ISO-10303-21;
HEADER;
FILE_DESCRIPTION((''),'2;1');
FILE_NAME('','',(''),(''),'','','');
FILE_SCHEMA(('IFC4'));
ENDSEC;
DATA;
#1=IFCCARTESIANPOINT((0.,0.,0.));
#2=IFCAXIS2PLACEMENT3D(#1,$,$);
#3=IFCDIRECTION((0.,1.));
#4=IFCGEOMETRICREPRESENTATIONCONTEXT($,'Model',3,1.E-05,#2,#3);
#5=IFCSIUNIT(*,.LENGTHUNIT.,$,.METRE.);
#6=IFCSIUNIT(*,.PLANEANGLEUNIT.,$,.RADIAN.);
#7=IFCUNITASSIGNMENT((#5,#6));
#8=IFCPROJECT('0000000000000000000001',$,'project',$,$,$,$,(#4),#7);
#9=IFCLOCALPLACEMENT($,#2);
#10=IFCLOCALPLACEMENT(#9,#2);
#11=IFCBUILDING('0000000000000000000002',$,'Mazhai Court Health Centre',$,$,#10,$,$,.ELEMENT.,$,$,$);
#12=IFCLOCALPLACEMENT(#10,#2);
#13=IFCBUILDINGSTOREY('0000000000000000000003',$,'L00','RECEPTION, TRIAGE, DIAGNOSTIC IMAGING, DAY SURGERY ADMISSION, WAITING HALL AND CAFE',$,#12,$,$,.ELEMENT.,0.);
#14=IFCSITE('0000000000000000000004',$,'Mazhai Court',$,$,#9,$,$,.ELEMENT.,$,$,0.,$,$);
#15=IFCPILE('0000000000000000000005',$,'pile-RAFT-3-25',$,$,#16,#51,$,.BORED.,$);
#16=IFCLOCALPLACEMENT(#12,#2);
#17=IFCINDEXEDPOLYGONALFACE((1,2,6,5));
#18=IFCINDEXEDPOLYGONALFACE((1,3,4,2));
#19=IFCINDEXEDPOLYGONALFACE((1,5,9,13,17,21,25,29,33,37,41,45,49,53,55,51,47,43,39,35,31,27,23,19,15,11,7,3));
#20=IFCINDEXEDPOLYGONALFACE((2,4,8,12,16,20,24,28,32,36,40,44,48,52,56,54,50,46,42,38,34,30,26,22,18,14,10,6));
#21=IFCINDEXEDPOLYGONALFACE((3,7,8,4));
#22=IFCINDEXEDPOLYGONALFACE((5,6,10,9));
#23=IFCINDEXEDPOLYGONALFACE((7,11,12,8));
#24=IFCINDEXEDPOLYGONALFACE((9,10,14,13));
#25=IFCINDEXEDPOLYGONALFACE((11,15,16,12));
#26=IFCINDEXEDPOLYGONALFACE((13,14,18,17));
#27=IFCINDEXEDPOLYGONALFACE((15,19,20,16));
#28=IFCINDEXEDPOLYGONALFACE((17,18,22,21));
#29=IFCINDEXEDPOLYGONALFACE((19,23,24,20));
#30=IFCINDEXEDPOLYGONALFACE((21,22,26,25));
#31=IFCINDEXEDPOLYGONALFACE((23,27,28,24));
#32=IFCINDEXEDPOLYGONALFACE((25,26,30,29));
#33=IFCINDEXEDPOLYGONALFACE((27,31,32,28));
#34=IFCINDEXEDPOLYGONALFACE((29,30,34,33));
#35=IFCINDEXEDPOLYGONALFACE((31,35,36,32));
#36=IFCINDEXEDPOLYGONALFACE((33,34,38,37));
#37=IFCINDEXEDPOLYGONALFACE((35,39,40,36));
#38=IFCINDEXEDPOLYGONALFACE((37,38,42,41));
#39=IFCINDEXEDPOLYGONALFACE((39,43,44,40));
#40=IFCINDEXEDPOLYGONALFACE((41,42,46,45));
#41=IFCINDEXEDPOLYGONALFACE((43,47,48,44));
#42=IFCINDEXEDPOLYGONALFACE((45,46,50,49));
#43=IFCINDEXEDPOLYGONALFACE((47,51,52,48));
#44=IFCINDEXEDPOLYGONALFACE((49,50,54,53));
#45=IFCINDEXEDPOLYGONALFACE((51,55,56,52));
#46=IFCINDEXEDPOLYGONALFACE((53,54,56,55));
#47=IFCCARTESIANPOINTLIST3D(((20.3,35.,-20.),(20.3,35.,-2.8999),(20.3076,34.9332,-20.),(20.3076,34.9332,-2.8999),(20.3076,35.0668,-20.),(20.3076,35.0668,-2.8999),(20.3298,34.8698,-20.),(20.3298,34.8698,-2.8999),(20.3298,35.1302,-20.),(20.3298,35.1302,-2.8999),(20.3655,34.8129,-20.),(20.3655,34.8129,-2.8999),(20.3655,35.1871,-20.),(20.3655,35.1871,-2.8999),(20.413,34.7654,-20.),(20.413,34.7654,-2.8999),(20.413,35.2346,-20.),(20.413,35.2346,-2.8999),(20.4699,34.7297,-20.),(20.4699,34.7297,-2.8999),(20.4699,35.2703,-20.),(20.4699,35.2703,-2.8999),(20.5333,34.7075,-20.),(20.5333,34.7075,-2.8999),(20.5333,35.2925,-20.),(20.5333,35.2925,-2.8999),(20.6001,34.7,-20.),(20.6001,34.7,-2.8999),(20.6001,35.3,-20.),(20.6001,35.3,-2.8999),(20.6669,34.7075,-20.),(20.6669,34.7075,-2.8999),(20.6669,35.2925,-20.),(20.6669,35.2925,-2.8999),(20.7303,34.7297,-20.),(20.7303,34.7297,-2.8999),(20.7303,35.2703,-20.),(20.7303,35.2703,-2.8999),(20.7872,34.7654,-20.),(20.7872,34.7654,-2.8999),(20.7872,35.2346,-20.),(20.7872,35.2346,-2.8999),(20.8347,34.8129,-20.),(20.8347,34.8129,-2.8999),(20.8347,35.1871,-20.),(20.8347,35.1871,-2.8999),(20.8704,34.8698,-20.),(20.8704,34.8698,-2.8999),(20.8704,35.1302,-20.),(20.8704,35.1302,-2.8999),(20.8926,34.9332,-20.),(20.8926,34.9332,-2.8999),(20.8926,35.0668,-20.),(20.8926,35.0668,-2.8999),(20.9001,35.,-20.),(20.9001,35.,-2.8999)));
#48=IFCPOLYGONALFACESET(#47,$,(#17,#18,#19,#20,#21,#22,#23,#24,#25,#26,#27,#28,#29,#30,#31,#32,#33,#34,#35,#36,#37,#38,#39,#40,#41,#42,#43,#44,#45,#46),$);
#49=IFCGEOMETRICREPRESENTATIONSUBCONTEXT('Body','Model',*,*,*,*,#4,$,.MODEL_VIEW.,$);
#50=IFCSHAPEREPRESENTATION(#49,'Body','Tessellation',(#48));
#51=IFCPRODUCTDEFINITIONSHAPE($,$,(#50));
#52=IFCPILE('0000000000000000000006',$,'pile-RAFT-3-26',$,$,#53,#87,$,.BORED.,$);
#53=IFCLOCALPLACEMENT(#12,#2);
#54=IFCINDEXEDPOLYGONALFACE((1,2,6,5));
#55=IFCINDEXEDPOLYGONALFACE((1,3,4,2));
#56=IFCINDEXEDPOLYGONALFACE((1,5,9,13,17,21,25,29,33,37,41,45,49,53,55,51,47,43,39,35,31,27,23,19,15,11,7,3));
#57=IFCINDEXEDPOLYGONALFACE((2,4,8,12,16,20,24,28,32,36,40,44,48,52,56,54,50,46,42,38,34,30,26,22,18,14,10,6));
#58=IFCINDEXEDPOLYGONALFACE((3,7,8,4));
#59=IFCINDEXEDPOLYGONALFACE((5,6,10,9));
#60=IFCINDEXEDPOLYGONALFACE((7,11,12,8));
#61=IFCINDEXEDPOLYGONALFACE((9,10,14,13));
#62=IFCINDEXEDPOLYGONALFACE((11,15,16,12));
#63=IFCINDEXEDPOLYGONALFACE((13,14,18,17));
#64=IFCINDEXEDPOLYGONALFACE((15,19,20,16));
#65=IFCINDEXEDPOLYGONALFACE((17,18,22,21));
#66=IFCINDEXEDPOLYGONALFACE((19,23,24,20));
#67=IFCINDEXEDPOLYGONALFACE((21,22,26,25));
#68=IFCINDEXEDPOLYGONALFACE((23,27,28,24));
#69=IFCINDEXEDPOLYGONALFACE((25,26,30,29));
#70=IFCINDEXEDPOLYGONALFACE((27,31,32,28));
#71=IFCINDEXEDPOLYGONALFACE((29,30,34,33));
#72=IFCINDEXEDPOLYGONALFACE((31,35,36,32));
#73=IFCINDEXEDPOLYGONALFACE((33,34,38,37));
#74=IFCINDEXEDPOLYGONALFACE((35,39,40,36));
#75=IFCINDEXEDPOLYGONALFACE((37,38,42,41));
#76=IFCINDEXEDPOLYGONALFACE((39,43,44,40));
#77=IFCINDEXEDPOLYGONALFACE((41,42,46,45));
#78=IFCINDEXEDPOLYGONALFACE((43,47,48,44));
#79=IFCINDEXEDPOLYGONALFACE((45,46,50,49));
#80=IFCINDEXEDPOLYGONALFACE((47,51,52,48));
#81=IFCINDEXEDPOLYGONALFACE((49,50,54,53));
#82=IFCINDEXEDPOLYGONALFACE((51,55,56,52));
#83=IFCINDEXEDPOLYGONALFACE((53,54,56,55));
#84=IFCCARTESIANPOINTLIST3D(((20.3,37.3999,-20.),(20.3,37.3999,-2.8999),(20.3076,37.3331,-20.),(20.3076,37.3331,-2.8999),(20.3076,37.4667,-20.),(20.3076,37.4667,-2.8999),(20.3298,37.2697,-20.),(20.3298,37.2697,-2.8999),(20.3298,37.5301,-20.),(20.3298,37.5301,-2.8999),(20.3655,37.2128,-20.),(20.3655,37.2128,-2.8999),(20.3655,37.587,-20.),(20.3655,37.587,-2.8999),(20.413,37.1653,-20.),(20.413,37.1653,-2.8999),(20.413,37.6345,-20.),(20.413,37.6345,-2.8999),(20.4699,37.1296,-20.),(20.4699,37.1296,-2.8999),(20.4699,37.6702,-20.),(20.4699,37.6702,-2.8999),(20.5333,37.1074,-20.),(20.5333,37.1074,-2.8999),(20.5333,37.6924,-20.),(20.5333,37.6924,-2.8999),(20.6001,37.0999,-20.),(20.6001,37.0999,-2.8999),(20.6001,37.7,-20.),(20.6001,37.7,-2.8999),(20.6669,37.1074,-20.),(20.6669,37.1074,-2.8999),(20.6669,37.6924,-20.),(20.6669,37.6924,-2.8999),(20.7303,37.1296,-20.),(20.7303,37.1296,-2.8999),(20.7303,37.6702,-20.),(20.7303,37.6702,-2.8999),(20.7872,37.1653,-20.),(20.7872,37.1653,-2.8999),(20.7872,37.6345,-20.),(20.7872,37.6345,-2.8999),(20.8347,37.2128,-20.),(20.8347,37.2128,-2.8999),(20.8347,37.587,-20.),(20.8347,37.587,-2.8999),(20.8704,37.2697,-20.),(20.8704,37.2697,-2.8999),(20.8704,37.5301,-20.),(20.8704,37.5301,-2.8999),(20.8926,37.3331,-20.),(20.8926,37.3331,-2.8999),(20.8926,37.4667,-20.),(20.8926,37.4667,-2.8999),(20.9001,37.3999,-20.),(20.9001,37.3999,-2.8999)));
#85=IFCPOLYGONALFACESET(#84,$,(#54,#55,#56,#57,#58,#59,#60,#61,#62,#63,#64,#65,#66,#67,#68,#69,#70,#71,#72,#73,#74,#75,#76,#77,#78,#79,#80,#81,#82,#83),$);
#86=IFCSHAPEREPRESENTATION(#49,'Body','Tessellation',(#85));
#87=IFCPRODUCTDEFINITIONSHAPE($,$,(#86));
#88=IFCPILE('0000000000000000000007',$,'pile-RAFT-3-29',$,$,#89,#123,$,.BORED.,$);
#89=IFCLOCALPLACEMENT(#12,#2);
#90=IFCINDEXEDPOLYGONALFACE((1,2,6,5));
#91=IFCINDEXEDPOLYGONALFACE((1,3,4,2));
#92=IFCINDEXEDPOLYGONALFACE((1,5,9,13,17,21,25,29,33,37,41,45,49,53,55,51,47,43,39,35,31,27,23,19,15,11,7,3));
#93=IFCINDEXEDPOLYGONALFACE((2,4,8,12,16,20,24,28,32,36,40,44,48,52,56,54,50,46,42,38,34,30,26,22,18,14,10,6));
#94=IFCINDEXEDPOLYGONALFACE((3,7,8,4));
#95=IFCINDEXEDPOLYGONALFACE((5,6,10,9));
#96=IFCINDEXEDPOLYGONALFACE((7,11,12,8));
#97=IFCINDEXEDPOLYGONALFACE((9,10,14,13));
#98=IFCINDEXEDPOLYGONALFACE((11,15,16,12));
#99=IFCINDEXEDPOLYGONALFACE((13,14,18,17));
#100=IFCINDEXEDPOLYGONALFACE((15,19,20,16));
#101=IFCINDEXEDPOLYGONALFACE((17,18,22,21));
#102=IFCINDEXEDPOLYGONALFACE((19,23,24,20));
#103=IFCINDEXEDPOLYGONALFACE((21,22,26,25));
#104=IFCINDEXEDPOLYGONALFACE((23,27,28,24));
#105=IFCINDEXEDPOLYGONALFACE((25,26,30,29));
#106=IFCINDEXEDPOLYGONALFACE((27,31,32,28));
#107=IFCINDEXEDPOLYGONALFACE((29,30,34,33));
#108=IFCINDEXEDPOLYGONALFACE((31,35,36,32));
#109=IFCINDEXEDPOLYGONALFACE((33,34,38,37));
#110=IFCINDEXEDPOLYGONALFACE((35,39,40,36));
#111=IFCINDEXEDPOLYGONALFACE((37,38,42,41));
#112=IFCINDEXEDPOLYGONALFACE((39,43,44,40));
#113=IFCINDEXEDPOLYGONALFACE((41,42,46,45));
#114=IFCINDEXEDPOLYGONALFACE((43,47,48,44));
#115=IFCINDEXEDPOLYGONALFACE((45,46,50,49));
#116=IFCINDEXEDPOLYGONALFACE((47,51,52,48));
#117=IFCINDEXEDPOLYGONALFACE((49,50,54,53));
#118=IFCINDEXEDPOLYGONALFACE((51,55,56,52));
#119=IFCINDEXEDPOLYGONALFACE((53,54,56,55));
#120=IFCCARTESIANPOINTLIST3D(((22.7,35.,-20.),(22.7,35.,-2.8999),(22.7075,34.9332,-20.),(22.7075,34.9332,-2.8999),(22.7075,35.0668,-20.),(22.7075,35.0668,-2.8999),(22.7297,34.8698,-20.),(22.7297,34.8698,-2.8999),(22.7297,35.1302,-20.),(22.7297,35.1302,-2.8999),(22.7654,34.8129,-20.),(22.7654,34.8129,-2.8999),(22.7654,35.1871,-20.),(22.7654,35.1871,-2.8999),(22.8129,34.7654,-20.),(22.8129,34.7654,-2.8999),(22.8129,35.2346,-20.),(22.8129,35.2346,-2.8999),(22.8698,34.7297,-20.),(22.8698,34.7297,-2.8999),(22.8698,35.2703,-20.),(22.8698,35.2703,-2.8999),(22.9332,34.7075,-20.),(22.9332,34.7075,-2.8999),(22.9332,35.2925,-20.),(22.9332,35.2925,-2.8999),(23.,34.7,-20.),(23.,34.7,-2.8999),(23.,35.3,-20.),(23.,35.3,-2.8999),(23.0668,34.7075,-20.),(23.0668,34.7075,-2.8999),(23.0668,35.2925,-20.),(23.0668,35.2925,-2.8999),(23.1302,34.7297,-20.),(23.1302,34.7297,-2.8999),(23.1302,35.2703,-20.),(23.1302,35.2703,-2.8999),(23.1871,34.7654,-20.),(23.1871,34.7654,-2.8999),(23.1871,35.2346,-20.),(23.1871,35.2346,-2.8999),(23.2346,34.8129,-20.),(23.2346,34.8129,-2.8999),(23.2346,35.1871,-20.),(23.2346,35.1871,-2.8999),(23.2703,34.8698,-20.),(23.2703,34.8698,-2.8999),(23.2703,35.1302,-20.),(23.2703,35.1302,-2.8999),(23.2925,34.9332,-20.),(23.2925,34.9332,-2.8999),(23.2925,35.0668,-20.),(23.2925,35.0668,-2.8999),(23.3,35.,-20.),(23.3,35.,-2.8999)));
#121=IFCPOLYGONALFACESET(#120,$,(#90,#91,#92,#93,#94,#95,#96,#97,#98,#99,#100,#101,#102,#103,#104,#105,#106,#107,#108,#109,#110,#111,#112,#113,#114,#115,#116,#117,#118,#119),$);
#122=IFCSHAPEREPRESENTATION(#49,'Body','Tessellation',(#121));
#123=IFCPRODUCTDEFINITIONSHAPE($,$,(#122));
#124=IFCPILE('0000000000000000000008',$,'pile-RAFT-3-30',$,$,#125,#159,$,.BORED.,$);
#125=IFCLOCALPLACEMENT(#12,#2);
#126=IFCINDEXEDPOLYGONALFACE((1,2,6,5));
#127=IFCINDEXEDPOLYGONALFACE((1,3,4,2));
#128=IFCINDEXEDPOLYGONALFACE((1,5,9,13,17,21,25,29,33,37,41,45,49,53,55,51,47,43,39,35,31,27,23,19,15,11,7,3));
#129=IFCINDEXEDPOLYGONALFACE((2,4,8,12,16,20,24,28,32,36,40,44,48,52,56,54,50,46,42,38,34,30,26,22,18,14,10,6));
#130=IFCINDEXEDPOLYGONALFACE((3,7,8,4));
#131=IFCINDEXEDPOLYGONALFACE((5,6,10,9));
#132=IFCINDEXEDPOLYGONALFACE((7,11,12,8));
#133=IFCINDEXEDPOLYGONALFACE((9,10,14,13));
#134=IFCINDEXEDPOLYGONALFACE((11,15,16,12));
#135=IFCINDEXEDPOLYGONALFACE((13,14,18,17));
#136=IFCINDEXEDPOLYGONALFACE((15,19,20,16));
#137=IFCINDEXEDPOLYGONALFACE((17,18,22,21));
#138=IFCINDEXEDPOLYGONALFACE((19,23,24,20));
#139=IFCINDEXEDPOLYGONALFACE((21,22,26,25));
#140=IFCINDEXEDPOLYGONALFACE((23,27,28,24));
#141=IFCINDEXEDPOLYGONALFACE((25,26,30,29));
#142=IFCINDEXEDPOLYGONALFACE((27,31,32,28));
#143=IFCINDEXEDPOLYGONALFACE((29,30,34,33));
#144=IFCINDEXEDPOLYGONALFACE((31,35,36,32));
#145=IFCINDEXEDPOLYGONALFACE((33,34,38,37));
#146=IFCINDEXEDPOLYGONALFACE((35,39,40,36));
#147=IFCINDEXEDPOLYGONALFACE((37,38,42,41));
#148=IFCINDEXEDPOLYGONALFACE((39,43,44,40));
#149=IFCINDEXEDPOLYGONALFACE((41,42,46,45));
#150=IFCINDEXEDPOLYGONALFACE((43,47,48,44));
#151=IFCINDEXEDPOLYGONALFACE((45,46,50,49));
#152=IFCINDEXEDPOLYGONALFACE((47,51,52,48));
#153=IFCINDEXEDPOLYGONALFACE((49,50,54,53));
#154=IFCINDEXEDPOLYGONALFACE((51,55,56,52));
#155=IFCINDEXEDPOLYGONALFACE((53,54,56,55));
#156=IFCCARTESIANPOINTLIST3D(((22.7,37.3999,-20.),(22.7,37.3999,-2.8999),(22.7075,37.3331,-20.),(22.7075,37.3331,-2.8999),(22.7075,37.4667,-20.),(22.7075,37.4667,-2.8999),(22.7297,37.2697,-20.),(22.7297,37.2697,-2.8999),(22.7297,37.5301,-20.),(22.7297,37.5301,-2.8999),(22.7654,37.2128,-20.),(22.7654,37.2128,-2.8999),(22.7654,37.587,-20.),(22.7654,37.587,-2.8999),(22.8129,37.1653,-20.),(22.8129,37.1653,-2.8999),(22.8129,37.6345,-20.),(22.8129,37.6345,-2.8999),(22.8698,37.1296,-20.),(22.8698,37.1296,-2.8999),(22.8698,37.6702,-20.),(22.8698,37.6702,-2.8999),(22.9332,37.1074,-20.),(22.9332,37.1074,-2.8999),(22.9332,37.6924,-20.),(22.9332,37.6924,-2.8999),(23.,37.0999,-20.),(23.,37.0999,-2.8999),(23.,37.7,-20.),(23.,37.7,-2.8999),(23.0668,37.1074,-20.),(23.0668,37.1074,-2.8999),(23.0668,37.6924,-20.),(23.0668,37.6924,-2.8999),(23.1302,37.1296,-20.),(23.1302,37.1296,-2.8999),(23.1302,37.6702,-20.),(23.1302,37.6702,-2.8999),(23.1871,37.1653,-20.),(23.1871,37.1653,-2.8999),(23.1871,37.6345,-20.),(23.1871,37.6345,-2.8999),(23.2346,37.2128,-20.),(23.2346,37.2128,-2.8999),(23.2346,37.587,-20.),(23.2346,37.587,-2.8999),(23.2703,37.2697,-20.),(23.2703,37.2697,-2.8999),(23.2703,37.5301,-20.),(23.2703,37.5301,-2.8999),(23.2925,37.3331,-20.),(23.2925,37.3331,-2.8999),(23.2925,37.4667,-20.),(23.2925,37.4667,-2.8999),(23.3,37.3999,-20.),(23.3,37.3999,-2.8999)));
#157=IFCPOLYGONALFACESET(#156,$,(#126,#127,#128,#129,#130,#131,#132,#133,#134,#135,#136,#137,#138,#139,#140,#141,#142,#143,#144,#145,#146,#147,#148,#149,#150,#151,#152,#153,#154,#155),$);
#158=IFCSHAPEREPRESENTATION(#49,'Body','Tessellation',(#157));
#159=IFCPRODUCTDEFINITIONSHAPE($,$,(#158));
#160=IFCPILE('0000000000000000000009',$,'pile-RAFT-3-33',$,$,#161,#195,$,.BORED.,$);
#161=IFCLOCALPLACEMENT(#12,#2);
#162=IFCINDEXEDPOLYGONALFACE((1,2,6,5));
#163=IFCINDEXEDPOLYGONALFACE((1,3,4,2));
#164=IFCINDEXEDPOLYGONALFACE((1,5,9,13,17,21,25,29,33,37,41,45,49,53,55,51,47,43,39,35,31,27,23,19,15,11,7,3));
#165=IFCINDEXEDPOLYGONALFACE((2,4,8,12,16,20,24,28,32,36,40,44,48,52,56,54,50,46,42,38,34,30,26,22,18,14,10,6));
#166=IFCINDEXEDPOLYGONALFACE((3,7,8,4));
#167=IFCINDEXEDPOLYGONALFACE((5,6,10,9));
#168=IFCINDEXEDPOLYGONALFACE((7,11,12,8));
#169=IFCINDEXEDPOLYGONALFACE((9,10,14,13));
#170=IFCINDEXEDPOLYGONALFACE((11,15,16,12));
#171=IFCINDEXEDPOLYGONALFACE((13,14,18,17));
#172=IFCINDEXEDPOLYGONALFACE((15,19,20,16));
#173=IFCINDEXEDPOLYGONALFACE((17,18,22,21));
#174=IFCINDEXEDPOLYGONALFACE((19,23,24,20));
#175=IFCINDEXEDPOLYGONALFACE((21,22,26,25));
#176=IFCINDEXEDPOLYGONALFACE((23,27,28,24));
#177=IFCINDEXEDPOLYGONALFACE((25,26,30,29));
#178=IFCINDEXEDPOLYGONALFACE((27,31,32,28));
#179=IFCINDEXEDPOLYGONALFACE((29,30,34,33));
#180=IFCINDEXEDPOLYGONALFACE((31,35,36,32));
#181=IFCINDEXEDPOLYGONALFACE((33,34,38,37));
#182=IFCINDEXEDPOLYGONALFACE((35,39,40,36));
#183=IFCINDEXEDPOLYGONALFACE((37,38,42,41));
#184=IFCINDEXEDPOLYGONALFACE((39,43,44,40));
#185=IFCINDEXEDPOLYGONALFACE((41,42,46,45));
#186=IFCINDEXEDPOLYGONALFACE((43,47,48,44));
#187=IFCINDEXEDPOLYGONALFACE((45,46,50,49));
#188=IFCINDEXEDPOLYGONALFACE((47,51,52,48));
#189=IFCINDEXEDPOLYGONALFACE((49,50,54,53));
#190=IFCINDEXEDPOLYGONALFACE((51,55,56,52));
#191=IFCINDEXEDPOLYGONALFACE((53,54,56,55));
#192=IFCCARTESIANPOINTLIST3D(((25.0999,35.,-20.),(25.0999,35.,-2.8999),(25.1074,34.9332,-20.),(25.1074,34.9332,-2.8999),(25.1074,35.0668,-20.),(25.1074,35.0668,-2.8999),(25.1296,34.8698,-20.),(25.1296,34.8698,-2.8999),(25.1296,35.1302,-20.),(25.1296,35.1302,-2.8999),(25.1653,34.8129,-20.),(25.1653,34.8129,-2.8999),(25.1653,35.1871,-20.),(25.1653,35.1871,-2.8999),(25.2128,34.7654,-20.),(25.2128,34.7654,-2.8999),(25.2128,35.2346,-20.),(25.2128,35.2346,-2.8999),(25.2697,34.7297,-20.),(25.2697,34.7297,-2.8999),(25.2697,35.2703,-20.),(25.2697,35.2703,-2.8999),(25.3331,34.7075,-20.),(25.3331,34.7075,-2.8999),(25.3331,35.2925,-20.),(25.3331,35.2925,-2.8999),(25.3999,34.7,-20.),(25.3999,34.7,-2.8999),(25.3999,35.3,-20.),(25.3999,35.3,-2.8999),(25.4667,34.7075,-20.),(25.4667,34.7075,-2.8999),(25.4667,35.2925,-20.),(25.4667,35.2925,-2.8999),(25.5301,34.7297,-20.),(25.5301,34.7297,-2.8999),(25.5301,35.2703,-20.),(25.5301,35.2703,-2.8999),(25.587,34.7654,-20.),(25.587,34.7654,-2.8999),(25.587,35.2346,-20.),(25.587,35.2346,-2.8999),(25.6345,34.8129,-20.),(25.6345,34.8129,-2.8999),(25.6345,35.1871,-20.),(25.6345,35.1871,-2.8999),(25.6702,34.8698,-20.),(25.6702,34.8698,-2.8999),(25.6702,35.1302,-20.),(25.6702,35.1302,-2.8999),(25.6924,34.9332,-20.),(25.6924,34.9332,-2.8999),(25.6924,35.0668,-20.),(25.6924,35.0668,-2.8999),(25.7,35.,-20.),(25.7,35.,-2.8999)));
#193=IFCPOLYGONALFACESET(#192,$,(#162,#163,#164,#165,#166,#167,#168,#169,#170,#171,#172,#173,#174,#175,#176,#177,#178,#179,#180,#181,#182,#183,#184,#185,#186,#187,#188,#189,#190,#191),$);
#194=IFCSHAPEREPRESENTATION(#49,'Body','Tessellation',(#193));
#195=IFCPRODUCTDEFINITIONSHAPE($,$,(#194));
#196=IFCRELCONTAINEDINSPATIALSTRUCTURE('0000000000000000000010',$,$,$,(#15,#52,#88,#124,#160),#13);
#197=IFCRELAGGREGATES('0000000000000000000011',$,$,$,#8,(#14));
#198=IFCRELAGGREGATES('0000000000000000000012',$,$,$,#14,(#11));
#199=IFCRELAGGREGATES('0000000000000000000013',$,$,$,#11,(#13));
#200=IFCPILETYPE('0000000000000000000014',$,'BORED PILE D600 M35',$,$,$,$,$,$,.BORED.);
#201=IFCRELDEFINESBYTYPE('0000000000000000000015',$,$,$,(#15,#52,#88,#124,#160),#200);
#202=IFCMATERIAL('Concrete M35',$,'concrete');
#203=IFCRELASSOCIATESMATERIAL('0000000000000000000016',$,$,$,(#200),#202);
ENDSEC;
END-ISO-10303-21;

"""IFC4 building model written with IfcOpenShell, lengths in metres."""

from ifc_helpers import new_model, si_unit, direction, frame, origin, origin_2d, place, context, subcontext, project, spatial, circle, extrude, material, material_profile, profile_set, type_object, element, save


model = new_model("IFC4")

# Units and contexts
model_context = context("Model", 3, precision=1e-05, world=origin(), true_north=direction((0.0, 1.0)))
body_context = subcontext(model_context, "Body", "Model", "MODEL_VIEW")
ifc_project = project(units=[si_unit("LENGTHUNIT", "METRE"), si_unit("PLANEANGLEUNIT", "RADIAN")], contexts=[model_context])

# Site, building, storey
site_placement = place(None, origin())
site = spatial("IfcSite", under=ifc_project, at=site_placement, Name="Mazhai Court", CompositionType="ELEMENT", RefElevation=0.0)
building_placement = place(site_placement, origin())
building = spatial("IfcBuilding", under=site, at=building_placement, Name="Mazhai Court Health Centre", CompositionType="ELEMENT")
storey_placement = place(building_placement, origin())
storey = spatial("IfcBuildingStorey", under=building, at=storey_placement, Name="L00", Description="RECEPTION, TRIAGE, DIAGNOSTIC IMAGING, DAY SURGERY ADMISSION, WAITING HALL AND CAFE", CompositionType="ELEMENT", Elevation=0.0)

# Piles
ifc_material_1 = material(Name="Concrete M35", Category="concrete")
ifc_material_profile_1 = material_profile(ifc_material_1, circle(Radius=0.3, at=origin_2d()), Name="RC PILE D600")
ifc_profile_set_1 = profile_set([ifc_material_profile_1], Name="Concrete M35")
pile_type = type_object("IfcPileType", Name="BORED PILE D600 M35", PredefinedType="BORED", material=ifc_profile_set_1)
for number, where, z_axis, x_axis, name in (
    (1, (20.6001, 35.0, -2.8999), (0.0, 0.0, -1.0), (1.0, 0.0, 0.0), "pile-RAFT-3-25"),
    (2, (20.6001, 37.3999, -2.8999), (0.0, 0.0, -1.0), (1.0, 0.0, 0.0), "pile-RAFT-3-26"),
    (3, (23.0, 35.0, -2.8999), (0.0, 0.0, -1.0), (1.0, 0.0, 0.0), "pile-RAFT-3-29"),
    (4, (23.0, 37.3999, -2.8999), (0.0, 0.0, -1.0), (1.0, 0.0, 0.0), "pile-RAFT-3-30"),
    (5, (25.3999, 35.0, -2.8999), (0.0, 0.0, -1.0), (1.0, 0.0, 0.0), "pile-RAFT-3-33"),
):
    element("IfcPile", number, at=place(storey_placement, frame(where, z_axis=z_axis, x_axis=x_axis)), inside=storey, type_object=pile_type, Name=name, PredefinedType="BORED", context=body_context, shape_type="SweptSolid", body=[
        extrude(circle(Radius=0.3, at=origin_2d()), origin(), (0.0, 0.0, 1.0), 17.1001),
    ])

save(model, "model.ifc")
